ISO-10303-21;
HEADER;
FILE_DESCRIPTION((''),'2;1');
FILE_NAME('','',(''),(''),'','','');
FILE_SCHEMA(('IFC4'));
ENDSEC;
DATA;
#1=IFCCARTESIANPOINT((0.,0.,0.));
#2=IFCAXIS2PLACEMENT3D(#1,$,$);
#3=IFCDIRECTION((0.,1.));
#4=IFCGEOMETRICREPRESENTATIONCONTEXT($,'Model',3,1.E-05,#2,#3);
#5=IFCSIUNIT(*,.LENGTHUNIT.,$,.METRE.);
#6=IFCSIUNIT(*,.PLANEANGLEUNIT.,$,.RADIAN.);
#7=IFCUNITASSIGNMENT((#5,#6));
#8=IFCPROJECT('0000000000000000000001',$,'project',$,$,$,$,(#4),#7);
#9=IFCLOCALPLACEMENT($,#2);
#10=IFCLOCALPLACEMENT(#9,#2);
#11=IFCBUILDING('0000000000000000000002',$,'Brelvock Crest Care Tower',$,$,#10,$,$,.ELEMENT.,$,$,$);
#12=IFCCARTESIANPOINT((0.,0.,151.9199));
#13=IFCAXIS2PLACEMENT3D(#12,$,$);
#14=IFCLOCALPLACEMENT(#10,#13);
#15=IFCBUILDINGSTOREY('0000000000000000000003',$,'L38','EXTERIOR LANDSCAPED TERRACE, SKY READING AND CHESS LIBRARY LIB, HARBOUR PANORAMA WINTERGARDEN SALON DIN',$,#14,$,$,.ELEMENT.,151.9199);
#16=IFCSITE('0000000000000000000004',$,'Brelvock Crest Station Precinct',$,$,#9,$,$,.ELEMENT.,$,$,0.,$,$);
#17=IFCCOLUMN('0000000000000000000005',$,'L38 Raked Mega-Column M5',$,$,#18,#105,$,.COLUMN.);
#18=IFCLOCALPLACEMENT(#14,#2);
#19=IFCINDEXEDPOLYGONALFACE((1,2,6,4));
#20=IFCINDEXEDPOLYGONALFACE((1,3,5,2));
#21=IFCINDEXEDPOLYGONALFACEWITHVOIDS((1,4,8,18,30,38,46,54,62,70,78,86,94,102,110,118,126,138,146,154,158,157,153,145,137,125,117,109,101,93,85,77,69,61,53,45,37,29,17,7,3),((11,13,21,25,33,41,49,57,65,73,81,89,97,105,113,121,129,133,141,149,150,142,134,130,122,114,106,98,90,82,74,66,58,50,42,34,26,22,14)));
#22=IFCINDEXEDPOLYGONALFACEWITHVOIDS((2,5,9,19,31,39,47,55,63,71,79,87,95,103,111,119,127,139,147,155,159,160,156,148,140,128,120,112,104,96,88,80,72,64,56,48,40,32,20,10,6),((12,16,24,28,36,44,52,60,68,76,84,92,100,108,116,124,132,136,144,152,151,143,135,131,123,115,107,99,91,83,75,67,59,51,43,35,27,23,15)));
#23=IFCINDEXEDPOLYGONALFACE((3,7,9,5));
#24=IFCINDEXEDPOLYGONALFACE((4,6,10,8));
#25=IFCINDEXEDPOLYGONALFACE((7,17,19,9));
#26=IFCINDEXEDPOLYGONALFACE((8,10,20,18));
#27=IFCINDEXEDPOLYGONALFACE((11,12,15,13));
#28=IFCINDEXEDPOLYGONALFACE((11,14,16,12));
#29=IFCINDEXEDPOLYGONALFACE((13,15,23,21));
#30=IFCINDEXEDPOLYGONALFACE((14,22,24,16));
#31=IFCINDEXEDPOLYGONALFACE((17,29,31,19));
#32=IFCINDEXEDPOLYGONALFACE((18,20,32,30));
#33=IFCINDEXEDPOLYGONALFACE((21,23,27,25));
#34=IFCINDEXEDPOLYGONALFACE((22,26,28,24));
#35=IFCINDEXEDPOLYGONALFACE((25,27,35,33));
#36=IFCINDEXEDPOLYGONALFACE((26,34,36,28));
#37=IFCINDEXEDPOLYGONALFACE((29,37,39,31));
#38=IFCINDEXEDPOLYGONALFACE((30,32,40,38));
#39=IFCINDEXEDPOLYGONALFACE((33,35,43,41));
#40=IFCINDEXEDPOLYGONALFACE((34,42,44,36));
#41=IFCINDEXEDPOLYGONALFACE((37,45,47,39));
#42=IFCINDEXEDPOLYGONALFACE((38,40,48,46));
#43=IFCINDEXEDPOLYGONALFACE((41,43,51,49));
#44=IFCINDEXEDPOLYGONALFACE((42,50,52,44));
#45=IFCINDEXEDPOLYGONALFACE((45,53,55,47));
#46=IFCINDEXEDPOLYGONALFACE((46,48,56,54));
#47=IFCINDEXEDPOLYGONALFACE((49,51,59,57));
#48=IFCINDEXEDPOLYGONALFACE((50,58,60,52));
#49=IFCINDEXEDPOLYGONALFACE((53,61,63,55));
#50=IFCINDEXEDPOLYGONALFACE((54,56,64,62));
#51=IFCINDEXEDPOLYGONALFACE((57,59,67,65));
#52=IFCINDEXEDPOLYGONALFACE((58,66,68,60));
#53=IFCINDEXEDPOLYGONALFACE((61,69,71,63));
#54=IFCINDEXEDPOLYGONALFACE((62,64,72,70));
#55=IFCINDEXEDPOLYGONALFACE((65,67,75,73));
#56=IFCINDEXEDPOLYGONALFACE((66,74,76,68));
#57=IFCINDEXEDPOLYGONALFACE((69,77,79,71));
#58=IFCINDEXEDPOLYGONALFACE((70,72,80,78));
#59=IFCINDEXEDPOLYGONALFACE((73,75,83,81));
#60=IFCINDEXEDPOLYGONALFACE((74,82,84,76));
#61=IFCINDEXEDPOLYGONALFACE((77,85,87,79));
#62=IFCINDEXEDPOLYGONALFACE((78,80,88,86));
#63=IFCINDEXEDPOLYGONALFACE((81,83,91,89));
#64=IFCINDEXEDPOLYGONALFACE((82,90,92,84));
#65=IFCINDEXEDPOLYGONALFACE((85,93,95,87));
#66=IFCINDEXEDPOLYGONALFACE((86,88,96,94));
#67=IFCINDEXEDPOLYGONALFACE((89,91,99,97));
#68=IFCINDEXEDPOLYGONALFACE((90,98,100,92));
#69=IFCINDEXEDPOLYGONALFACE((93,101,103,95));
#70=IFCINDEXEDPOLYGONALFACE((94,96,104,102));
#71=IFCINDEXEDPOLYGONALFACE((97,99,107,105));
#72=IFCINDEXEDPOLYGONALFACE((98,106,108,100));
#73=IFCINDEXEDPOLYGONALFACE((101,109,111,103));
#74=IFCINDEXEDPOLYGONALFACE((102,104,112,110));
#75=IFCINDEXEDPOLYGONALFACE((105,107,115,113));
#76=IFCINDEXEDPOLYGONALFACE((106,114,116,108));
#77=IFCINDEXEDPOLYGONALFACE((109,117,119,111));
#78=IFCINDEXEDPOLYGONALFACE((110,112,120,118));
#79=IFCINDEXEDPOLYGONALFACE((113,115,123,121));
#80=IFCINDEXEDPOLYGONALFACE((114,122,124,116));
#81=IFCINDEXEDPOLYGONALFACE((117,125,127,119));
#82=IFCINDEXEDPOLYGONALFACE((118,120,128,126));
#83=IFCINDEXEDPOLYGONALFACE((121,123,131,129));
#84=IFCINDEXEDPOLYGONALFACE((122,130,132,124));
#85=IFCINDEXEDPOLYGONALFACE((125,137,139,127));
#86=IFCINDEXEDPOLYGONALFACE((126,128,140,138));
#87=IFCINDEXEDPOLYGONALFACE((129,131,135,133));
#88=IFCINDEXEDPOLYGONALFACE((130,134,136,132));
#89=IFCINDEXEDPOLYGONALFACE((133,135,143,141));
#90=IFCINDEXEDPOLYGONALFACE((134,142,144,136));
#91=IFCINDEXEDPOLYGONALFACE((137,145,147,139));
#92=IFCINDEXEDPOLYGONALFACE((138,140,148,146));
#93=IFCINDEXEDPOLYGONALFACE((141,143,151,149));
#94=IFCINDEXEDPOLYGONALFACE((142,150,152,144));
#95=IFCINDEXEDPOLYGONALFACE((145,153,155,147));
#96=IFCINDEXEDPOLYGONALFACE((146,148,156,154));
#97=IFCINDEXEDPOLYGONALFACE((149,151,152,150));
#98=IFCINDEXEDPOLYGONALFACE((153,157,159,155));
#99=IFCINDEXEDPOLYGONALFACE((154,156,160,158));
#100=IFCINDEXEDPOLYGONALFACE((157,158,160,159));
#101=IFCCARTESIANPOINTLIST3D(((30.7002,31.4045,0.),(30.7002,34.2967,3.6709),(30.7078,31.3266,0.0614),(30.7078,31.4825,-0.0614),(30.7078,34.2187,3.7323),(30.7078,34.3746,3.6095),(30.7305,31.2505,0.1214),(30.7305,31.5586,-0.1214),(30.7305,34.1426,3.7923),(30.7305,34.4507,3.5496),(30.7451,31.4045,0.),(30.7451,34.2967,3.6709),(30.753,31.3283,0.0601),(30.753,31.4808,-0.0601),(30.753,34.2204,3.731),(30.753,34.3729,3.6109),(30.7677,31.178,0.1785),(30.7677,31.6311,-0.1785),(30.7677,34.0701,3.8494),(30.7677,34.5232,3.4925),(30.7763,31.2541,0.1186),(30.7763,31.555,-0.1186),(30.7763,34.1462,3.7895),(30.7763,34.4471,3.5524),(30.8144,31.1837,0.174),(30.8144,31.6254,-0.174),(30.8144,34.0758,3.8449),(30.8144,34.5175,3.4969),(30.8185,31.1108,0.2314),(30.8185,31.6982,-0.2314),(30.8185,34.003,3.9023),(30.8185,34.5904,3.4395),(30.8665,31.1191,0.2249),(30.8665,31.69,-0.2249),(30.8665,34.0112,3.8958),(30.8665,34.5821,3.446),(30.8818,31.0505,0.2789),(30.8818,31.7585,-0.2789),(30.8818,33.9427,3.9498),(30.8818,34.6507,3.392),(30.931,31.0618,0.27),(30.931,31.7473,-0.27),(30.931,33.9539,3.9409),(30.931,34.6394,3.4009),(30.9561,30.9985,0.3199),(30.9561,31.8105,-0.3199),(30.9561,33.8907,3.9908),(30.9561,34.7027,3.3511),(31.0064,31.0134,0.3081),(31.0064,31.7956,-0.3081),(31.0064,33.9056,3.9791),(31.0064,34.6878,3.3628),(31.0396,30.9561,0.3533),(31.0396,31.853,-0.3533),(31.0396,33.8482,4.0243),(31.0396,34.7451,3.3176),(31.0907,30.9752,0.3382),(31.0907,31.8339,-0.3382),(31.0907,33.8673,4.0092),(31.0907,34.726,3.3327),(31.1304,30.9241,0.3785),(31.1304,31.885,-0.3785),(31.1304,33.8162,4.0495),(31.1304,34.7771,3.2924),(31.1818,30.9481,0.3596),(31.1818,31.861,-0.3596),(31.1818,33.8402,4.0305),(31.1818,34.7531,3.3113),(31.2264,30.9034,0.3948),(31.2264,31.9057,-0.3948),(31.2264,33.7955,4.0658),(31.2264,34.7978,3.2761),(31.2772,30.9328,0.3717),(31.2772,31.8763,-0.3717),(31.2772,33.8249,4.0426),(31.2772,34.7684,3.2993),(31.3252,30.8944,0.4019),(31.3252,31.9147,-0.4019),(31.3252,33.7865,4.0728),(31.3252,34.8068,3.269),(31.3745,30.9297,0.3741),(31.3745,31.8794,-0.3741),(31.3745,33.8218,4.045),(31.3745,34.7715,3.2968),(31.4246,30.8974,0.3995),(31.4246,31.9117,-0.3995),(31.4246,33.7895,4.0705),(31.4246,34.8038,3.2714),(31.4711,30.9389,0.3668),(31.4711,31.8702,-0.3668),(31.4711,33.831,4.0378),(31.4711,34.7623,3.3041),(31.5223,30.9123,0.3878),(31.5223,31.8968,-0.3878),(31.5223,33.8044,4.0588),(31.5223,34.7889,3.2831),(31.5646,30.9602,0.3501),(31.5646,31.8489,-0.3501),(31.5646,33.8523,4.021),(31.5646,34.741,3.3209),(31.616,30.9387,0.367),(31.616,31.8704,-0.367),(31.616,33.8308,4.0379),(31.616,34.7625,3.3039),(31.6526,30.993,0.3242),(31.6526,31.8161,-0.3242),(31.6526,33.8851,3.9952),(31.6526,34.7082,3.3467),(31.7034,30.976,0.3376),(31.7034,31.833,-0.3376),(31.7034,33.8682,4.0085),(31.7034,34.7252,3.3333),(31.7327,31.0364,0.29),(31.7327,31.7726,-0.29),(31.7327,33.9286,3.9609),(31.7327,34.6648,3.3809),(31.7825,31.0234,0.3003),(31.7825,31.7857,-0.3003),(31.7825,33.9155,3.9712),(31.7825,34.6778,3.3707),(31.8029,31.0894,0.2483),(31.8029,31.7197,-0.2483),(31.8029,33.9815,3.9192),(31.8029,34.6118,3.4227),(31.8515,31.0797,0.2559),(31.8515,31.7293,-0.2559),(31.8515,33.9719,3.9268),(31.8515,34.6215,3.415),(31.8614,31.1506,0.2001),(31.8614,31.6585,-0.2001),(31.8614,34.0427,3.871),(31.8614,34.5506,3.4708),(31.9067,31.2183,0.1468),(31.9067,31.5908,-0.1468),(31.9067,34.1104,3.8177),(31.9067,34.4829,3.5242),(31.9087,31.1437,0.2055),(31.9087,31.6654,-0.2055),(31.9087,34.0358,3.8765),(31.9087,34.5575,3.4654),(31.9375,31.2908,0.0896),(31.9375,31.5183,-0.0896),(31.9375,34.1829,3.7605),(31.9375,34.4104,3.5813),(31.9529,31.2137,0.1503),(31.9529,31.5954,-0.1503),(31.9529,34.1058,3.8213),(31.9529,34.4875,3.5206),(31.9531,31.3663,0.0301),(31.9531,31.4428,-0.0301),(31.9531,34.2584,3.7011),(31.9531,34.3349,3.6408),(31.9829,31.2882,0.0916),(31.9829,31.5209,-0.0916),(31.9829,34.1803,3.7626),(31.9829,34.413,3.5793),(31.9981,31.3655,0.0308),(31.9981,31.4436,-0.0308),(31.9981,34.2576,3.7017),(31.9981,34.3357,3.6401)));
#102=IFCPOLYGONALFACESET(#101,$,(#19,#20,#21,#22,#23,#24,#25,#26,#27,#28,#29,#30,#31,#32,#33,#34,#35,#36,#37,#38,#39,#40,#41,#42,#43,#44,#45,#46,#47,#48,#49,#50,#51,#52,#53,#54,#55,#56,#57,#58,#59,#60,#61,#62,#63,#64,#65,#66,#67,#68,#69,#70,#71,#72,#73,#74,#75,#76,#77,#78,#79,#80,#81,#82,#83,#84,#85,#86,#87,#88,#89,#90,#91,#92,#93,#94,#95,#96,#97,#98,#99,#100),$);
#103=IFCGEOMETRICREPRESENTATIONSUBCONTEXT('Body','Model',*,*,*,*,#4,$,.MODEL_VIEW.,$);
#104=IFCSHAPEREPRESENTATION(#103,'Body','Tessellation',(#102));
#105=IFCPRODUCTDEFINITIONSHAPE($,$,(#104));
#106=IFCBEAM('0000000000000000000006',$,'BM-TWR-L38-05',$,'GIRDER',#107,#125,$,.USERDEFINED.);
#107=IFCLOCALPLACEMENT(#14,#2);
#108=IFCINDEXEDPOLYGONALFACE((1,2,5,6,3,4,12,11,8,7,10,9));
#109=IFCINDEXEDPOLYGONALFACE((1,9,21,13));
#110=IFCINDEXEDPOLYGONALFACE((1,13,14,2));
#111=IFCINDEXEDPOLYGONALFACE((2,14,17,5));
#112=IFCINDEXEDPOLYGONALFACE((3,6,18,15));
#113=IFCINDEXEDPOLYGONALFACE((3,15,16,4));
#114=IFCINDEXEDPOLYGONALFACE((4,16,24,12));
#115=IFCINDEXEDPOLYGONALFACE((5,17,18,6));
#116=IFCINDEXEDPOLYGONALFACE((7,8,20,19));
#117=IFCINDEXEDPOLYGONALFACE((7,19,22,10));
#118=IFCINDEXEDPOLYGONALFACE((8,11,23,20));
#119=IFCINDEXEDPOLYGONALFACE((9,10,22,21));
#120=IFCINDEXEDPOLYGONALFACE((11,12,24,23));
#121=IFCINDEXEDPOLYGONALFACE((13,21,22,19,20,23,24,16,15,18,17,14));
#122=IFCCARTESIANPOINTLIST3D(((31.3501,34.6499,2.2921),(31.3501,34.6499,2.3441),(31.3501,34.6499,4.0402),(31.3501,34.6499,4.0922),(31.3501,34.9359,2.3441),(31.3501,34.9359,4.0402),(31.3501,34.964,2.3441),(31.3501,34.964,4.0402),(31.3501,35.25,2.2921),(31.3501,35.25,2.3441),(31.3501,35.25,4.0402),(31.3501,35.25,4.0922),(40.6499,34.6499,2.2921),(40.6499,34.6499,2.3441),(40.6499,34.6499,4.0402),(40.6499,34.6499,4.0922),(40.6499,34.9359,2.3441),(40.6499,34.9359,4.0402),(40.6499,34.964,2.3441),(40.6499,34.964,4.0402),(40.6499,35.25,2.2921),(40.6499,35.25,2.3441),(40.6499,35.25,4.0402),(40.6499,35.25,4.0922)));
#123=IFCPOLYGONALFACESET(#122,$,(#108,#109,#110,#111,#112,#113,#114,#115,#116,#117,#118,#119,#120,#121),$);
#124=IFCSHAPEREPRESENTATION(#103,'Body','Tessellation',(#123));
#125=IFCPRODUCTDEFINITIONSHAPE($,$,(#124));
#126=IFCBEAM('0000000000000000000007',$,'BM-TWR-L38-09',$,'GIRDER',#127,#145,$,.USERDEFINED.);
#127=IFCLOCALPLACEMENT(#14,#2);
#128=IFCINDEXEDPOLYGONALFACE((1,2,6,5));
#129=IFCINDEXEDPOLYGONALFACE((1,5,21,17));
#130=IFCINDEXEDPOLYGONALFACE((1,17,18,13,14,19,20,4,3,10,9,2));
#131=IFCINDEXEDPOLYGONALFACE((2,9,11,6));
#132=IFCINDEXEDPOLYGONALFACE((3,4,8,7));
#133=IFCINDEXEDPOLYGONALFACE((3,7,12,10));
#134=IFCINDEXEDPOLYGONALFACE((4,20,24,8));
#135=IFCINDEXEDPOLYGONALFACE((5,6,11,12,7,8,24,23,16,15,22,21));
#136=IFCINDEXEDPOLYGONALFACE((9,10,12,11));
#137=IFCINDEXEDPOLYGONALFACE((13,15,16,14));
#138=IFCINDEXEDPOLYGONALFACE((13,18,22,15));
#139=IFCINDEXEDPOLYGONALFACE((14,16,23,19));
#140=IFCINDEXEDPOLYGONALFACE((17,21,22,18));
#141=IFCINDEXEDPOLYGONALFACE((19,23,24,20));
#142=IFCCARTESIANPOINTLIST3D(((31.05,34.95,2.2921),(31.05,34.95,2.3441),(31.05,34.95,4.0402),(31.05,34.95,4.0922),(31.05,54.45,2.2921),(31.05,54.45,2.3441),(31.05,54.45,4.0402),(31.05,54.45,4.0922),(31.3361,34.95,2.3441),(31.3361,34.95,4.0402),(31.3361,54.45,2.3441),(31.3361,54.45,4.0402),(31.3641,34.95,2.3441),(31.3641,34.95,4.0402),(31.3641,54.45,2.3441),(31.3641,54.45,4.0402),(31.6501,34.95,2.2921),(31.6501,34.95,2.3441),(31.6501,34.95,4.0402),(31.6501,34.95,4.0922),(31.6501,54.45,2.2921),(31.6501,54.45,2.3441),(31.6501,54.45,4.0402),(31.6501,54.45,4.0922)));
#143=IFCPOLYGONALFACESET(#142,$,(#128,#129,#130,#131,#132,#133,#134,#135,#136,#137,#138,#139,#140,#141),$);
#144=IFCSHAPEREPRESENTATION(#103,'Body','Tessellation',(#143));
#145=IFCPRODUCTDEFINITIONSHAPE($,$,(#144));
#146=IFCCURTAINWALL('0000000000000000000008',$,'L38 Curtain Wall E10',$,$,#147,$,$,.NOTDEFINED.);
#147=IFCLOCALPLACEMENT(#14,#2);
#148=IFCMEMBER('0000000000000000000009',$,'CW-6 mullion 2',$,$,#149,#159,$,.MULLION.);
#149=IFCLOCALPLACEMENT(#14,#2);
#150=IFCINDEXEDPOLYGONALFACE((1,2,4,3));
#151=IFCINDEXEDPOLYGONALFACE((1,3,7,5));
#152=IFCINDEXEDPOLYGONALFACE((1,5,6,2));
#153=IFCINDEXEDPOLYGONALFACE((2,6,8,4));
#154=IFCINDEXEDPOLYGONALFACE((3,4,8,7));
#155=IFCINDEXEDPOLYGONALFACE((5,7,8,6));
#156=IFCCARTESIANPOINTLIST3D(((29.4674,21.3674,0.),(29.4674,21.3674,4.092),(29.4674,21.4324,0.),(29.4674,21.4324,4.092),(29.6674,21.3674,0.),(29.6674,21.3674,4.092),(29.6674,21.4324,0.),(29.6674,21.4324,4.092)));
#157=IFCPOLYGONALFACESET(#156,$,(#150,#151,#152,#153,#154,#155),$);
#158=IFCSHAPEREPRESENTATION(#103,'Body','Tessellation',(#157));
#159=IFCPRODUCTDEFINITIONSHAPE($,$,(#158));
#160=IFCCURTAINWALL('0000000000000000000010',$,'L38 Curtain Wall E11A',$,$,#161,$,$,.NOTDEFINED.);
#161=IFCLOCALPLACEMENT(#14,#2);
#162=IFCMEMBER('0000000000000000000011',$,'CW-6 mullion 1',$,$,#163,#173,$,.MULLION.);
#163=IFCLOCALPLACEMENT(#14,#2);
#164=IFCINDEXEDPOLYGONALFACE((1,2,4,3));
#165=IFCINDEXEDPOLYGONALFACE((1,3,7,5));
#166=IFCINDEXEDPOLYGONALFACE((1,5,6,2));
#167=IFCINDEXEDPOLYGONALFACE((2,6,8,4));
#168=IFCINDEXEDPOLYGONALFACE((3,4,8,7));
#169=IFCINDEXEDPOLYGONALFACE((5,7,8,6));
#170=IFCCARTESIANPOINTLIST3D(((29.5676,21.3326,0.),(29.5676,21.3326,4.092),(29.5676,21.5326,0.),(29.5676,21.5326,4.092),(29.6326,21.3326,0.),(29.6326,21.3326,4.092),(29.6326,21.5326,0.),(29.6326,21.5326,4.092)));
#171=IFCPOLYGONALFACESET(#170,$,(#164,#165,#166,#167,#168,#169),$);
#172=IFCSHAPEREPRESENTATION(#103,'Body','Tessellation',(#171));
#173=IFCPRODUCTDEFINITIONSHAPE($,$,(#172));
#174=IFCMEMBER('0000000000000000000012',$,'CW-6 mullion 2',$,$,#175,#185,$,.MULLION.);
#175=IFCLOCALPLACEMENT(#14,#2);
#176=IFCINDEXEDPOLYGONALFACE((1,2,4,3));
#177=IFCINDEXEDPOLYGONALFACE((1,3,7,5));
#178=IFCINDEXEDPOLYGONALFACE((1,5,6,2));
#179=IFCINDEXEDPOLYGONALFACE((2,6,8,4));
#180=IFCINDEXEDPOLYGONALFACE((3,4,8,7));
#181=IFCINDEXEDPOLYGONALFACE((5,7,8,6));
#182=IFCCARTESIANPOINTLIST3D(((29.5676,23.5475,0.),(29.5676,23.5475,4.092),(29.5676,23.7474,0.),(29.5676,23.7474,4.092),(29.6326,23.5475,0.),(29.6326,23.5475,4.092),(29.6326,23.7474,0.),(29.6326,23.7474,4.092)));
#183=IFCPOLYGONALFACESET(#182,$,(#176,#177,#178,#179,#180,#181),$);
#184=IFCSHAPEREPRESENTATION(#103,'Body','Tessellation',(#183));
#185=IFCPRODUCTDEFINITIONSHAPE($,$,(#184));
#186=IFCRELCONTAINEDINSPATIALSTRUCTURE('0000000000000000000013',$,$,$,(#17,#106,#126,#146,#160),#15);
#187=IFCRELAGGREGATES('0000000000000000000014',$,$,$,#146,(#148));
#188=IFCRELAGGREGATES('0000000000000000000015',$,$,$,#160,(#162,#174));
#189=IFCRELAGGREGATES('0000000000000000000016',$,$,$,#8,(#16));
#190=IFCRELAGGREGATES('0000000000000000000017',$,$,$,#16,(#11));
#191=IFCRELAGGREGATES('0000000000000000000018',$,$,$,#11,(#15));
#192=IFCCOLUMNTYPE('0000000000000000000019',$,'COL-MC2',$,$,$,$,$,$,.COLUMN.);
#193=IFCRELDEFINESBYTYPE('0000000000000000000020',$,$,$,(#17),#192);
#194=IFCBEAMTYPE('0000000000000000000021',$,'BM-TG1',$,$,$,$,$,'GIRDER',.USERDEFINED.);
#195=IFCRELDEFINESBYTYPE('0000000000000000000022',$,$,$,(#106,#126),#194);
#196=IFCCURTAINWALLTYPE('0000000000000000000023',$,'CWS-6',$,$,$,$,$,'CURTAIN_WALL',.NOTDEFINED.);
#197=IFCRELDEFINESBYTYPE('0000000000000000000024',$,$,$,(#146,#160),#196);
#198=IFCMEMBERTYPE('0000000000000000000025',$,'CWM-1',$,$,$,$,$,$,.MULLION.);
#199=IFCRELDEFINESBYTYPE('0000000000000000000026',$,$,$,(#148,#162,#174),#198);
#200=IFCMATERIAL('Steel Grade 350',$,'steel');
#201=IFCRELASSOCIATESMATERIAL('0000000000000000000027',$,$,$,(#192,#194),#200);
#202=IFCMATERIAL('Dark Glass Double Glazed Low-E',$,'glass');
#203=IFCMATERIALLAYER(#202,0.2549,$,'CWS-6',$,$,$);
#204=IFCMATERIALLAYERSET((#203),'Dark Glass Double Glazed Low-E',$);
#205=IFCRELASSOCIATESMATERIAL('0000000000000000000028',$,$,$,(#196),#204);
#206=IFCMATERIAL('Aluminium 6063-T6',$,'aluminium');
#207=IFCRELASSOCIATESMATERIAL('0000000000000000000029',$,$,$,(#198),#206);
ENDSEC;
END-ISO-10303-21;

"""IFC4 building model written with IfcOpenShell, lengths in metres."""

from ifc_helpers import new_model, si_unit, direction, frame, origin, origin_2d, place, context, subcontext, project, spatial, rectangle, hollow_circle, i_section, extrude, source, transform, mapped, material, layer, layer_set, material_profile, profile_set, type_object, element, aggregate, save


model = new_model("IFC4")

# Units and contexts
model_context = context("Model", 3, precision=1e-05, world=origin(), true_north=direction((0.0, 1.0)))
body_context = subcontext(model_context, "Body", "Model", "MODEL_VIEW")
ifc_project = project(units=[si_unit("LENGTHUNIT", "METRE"), si_unit("PLANEANGLEUNIT", "RADIAN")], contexts=[model_context])

# Site, building, storey
site_placement = place(None, origin())
site = spatial("IfcSite", under=ifc_project, at=site_placement, Name="Brelvock Crest Station Precinct", CompositionType="ELEMENT", RefElevation=0.0)
building_placement = place(site_placement, origin())
building = spatial("IfcBuilding", under=site, at=building_placement, Name="Brelvock Crest Care Tower", CompositionType="ELEMENT")
storey_placement = place(building_placement, frame((0.0, 0.0, 151.9199)))
storey = spatial("IfcBuildingStorey", under=building, at=storey_placement, Name="L38", Description="EXTERIOR LANDSCAPED TERRACE, SKY READING AND CHESS LIBRARY LIB, HARBOUR PANORAMA WINTERGARDEN SALON DIN", CompositionType="ELEMENT", Elevation=151.9199)

# Column
ifc_material_1 = material(Name="Steel Grade 350", Category="steel")
ifc_material_profile_1 = material_profile(ifc_material_1, hollow_circle(Radius=0.6499, WallThickness=0.0449, at=origin_2d()), Name="CFT1300x45")
ifc_profile_set_1 = profile_set([ifc_material_profile_1], Name="Steel Grade 350")
column_type = type_object("IfcColumnType", Name="COL-MC2", PredefinedType="COLUMN", material=ifc_profile_set_1)
shared_shape_1 = source(origin(), body_context, "Body", "SweptSolid", [
    extrude(hollow_circle(Radius=0.6499, WallThickness=0.0449, at=origin_2d()), origin(), (0.0, 0.0, 1.0), 4.6733),
])
column_placement = place(storey_placement, frame((31.3501, 31.4045, 0.0), z_axis=(0.0, 0.618855, 0.785506), x_axis=(-1.0, 0.0, 0.0)))
element("IfcColumn", 1, at=column_placement, inside=storey, type_object=column_type, Name="L38 Raked Mega-Column M5", PredefinedType="COLUMN", context=body_context, shape_type="MappedRepresentation", body=[
    mapped(shared_shape_1, transform((0.0, 0.0, 0.0), x_axis=(1.0, 0.0, 0.0), y_axis=(0.0, 1.0, 0.0), z_axis=(0.0, 0.0, 1.0), scale=1.0)),
])

# Beams
ifc_material_profile_2 = material_profile(ifc_material_1, i_section(OverallWidth=0.6001, OverallDepth=1.8, WebThickness=0.0281, FlangeThickness=0.052, at=origin_2d()), Name="1800TG740")
ifc_profile_set_2 = profile_set([ifc_material_profile_2], Name="Steel Grade 350")
beam_type = type_object("IfcBeamType", Name="BM-TG1", ElementType="GIRDER", PredefinedType="USERDEFINED", material=ifc_profile_set_2)
shared_shape_2 = source(origin(), body_context, "Body", "SweptSolid", [
    extrude(i_section(OverallWidth=0.6001, OverallDepth=1.8, WebThickness=0.0281, FlangeThickness=0.052, at=origin_2d()), origin(), (0.0, 0.0, 1.0), 9.2998),
])
beam_1_placement = place(storey_placement, frame((31.3501, 34.95, 3.1921), z_axis=(1.0, 0.0, 0.0), x_axis=(0.0, 1.0, 0.0)))
element("IfcBeam", 2, at=beam_1_placement, inside=storey, type_object=beam_type, Name="BM-TWR-L38-05", ObjectType="GIRDER", PredefinedType="USERDEFINED", context=body_context, shape_type="MappedRepresentation", body=[
    mapped(shared_shape_2, transform((0.0, 0.0, 0.0), x_axis=(1.0, 0.0, 0.0), y_axis=(0.0, 1.0, 0.0), z_axis=(0.0, 0.0, 1.0), scale=1.0)),
])
shared_shape_3 = source(origin(), body_context, "Body", "SweptSolid", [
    extrude(i_section(OverallWidth=0.6001, OverallDepth=1.8, WebThickness=0.0281, FlangeThickness=0.052, at=origin_2d()), origin(), (0.0, 0.0, 1.0), 19.5),
])
beam_2_placement = place(storey_placement, frame((31.3501, 34.95, 3.1921), z_axis=(0.0, 1.0, 0.0), x_axis=(-1.0, 0.0, 0.0)))
element("IfcBeam", 3, at=beam_2_placement, inside=storey, type_object=beam_type, Name="BM-TWR-L38-09", ObjectType="GIRDER", PredefinedType="USERDEFINED", context=body_context, shape_type="MappedRepresentation", body=[
    mapped(shared_shape_3, transform((0.0, 0.0, 0.0), x_axis=(1.0, 0.0, 0.0), y_axis=(0.0, 1.0, 0.0), z_axis=(0.0, 0.0, 1.0), scale=1.0)),
])

# Curtain wall, member
ifc_material_2 = material(Name="Dark Glass Double Glazed Low-E", Category="glass")
ifc_layer_1 = layer(ifc_material_2, 0.2549, Name="CWS-6")
ifc_layer_set_1 = layer_set([ifc_layer_1], Name="Dark Glass Double Glazed Low-E")
curtain_wall_type = type_object("IfcCurtainWallType", Name="CWS-6", ElementType="CURTAIN_WALL", PredefinedType="NOTDEFINED", material=ifc_layer_set_1)
curtain_wall_1_placement = place(storey_placement, origin())
curtain_wall_1 = element("IfcCurtainWall", 4, at=curtain_wall_1_placement, inside=storey, type_object=curtain_wall_type, Name="L38 Curtain Wall E10", PredefinedType="NOTDEFINED")
ifc_material_3 = material(Name="Aluminium 6063-T6", Category="aluminium")
ifc_material_profile_3 = material_profile(ifc_material_3, rectangle(XDim=0.0649, YDim=0.2, at=origin_2d()), Name="ALU65x200")
ifc_profile_set_3 = profile_set([ifc_material_profile_3], Name="Aluminium 6063-T6")
member_type_1 = type_object("IfcMemberType", Name="CWM-1", PredefinedType="MULLION", material=ifc_profile_set_3)
shared_shape_4 = source(origin(), body_context, "Body", "SweptSolid", [
    extrude(rectangle(XDim=0.0649, YDim=0.2, at=origin_2d()), origin(), (0.0, 0.0, 1.0), 4.092),
])
member_1_placement = place(storey_placement, frame((29.5674, 21.3999, 0.0), z_axis=(0.0, 0.0, 1.0), x_axis=(0.0, 1.0, 0.0)))
member_1 = element("IfcMember", 5, at=member_1_placement, type_object=member_type_1, Name="CW-6 mullion 2", PredefinedType="MULLION", context=body_context, shape_type="MappedRepresentation", body=[
    mapped(shared_shape_4, transform((0.0, 0.0, 0.0), x_axis=(1.0, 0.0, 0.0), y_axis=(0.0, 1.0, 0.0), z_axis=(0.0, 0.0, 1.0), scale=1.0)),
])
aggregate(curtain_wall_1, [member_1])

# Curtain wall, members
curtain_wall_2_placement = place(storey_placement, origin())
curtain_wall_2 = element("IfcCurtainWall", 6, at=curtain_wall_2_placement, inside=storey, type_object=curtain_wall_type, Name="L38 Curtain Wall E11A", PredefinedType="NOTDEFINED")
member_2_placement = place(storey_placement, frame((29.6001, 21.4326, 0.0), z_axis=(0.0, 0.0, 1.0), x_axis=(-1.0, 0.0, 0.0)))
member_2 = element("IfcMember", 7, at=member_2_placement, type_object=member_type_1, Name="CW-6 mullion 1", PredefinedType="MULLION", context=body_context, shape_type="MappedRepresentation", body=[
    mapped(shared_shape_4, transform((0.0, 0.0, 0.0), x_axis=(1.0, 0.0, 0.0), y_axis=(0.0, 1.0, 0.0), z_axis=(0.0, 0.0, 1.0), scale=1.0)),
])
member_3_placement = place(storey_placement, frame((29.6001, 23.6475, 0.0), z_axis=(0.0, 0.0, 1.0), x_axis=(-1.0, 0.0, 0.0)))
member_3 = element("IfcMember", 8, at=member_3_placement, type_object=member_type_1, Name="CW-6 mullion 2", PredefinedType="MULLION", context=body_context, shape_type="MappedRepresentation", body=[
    mapped(shared_shape_4, transform((0.0, 0.0, 0.0), x_axis=(1.0, 0.0, 0.0), y_axis=(0.0, 1.0, 0.0), z_axis=(0.0, 0.0, 1.0), scale=1.0)),
])

aggregate(curtain_wall_2, [member_2, member_3])

save(model, "model.ifc")
